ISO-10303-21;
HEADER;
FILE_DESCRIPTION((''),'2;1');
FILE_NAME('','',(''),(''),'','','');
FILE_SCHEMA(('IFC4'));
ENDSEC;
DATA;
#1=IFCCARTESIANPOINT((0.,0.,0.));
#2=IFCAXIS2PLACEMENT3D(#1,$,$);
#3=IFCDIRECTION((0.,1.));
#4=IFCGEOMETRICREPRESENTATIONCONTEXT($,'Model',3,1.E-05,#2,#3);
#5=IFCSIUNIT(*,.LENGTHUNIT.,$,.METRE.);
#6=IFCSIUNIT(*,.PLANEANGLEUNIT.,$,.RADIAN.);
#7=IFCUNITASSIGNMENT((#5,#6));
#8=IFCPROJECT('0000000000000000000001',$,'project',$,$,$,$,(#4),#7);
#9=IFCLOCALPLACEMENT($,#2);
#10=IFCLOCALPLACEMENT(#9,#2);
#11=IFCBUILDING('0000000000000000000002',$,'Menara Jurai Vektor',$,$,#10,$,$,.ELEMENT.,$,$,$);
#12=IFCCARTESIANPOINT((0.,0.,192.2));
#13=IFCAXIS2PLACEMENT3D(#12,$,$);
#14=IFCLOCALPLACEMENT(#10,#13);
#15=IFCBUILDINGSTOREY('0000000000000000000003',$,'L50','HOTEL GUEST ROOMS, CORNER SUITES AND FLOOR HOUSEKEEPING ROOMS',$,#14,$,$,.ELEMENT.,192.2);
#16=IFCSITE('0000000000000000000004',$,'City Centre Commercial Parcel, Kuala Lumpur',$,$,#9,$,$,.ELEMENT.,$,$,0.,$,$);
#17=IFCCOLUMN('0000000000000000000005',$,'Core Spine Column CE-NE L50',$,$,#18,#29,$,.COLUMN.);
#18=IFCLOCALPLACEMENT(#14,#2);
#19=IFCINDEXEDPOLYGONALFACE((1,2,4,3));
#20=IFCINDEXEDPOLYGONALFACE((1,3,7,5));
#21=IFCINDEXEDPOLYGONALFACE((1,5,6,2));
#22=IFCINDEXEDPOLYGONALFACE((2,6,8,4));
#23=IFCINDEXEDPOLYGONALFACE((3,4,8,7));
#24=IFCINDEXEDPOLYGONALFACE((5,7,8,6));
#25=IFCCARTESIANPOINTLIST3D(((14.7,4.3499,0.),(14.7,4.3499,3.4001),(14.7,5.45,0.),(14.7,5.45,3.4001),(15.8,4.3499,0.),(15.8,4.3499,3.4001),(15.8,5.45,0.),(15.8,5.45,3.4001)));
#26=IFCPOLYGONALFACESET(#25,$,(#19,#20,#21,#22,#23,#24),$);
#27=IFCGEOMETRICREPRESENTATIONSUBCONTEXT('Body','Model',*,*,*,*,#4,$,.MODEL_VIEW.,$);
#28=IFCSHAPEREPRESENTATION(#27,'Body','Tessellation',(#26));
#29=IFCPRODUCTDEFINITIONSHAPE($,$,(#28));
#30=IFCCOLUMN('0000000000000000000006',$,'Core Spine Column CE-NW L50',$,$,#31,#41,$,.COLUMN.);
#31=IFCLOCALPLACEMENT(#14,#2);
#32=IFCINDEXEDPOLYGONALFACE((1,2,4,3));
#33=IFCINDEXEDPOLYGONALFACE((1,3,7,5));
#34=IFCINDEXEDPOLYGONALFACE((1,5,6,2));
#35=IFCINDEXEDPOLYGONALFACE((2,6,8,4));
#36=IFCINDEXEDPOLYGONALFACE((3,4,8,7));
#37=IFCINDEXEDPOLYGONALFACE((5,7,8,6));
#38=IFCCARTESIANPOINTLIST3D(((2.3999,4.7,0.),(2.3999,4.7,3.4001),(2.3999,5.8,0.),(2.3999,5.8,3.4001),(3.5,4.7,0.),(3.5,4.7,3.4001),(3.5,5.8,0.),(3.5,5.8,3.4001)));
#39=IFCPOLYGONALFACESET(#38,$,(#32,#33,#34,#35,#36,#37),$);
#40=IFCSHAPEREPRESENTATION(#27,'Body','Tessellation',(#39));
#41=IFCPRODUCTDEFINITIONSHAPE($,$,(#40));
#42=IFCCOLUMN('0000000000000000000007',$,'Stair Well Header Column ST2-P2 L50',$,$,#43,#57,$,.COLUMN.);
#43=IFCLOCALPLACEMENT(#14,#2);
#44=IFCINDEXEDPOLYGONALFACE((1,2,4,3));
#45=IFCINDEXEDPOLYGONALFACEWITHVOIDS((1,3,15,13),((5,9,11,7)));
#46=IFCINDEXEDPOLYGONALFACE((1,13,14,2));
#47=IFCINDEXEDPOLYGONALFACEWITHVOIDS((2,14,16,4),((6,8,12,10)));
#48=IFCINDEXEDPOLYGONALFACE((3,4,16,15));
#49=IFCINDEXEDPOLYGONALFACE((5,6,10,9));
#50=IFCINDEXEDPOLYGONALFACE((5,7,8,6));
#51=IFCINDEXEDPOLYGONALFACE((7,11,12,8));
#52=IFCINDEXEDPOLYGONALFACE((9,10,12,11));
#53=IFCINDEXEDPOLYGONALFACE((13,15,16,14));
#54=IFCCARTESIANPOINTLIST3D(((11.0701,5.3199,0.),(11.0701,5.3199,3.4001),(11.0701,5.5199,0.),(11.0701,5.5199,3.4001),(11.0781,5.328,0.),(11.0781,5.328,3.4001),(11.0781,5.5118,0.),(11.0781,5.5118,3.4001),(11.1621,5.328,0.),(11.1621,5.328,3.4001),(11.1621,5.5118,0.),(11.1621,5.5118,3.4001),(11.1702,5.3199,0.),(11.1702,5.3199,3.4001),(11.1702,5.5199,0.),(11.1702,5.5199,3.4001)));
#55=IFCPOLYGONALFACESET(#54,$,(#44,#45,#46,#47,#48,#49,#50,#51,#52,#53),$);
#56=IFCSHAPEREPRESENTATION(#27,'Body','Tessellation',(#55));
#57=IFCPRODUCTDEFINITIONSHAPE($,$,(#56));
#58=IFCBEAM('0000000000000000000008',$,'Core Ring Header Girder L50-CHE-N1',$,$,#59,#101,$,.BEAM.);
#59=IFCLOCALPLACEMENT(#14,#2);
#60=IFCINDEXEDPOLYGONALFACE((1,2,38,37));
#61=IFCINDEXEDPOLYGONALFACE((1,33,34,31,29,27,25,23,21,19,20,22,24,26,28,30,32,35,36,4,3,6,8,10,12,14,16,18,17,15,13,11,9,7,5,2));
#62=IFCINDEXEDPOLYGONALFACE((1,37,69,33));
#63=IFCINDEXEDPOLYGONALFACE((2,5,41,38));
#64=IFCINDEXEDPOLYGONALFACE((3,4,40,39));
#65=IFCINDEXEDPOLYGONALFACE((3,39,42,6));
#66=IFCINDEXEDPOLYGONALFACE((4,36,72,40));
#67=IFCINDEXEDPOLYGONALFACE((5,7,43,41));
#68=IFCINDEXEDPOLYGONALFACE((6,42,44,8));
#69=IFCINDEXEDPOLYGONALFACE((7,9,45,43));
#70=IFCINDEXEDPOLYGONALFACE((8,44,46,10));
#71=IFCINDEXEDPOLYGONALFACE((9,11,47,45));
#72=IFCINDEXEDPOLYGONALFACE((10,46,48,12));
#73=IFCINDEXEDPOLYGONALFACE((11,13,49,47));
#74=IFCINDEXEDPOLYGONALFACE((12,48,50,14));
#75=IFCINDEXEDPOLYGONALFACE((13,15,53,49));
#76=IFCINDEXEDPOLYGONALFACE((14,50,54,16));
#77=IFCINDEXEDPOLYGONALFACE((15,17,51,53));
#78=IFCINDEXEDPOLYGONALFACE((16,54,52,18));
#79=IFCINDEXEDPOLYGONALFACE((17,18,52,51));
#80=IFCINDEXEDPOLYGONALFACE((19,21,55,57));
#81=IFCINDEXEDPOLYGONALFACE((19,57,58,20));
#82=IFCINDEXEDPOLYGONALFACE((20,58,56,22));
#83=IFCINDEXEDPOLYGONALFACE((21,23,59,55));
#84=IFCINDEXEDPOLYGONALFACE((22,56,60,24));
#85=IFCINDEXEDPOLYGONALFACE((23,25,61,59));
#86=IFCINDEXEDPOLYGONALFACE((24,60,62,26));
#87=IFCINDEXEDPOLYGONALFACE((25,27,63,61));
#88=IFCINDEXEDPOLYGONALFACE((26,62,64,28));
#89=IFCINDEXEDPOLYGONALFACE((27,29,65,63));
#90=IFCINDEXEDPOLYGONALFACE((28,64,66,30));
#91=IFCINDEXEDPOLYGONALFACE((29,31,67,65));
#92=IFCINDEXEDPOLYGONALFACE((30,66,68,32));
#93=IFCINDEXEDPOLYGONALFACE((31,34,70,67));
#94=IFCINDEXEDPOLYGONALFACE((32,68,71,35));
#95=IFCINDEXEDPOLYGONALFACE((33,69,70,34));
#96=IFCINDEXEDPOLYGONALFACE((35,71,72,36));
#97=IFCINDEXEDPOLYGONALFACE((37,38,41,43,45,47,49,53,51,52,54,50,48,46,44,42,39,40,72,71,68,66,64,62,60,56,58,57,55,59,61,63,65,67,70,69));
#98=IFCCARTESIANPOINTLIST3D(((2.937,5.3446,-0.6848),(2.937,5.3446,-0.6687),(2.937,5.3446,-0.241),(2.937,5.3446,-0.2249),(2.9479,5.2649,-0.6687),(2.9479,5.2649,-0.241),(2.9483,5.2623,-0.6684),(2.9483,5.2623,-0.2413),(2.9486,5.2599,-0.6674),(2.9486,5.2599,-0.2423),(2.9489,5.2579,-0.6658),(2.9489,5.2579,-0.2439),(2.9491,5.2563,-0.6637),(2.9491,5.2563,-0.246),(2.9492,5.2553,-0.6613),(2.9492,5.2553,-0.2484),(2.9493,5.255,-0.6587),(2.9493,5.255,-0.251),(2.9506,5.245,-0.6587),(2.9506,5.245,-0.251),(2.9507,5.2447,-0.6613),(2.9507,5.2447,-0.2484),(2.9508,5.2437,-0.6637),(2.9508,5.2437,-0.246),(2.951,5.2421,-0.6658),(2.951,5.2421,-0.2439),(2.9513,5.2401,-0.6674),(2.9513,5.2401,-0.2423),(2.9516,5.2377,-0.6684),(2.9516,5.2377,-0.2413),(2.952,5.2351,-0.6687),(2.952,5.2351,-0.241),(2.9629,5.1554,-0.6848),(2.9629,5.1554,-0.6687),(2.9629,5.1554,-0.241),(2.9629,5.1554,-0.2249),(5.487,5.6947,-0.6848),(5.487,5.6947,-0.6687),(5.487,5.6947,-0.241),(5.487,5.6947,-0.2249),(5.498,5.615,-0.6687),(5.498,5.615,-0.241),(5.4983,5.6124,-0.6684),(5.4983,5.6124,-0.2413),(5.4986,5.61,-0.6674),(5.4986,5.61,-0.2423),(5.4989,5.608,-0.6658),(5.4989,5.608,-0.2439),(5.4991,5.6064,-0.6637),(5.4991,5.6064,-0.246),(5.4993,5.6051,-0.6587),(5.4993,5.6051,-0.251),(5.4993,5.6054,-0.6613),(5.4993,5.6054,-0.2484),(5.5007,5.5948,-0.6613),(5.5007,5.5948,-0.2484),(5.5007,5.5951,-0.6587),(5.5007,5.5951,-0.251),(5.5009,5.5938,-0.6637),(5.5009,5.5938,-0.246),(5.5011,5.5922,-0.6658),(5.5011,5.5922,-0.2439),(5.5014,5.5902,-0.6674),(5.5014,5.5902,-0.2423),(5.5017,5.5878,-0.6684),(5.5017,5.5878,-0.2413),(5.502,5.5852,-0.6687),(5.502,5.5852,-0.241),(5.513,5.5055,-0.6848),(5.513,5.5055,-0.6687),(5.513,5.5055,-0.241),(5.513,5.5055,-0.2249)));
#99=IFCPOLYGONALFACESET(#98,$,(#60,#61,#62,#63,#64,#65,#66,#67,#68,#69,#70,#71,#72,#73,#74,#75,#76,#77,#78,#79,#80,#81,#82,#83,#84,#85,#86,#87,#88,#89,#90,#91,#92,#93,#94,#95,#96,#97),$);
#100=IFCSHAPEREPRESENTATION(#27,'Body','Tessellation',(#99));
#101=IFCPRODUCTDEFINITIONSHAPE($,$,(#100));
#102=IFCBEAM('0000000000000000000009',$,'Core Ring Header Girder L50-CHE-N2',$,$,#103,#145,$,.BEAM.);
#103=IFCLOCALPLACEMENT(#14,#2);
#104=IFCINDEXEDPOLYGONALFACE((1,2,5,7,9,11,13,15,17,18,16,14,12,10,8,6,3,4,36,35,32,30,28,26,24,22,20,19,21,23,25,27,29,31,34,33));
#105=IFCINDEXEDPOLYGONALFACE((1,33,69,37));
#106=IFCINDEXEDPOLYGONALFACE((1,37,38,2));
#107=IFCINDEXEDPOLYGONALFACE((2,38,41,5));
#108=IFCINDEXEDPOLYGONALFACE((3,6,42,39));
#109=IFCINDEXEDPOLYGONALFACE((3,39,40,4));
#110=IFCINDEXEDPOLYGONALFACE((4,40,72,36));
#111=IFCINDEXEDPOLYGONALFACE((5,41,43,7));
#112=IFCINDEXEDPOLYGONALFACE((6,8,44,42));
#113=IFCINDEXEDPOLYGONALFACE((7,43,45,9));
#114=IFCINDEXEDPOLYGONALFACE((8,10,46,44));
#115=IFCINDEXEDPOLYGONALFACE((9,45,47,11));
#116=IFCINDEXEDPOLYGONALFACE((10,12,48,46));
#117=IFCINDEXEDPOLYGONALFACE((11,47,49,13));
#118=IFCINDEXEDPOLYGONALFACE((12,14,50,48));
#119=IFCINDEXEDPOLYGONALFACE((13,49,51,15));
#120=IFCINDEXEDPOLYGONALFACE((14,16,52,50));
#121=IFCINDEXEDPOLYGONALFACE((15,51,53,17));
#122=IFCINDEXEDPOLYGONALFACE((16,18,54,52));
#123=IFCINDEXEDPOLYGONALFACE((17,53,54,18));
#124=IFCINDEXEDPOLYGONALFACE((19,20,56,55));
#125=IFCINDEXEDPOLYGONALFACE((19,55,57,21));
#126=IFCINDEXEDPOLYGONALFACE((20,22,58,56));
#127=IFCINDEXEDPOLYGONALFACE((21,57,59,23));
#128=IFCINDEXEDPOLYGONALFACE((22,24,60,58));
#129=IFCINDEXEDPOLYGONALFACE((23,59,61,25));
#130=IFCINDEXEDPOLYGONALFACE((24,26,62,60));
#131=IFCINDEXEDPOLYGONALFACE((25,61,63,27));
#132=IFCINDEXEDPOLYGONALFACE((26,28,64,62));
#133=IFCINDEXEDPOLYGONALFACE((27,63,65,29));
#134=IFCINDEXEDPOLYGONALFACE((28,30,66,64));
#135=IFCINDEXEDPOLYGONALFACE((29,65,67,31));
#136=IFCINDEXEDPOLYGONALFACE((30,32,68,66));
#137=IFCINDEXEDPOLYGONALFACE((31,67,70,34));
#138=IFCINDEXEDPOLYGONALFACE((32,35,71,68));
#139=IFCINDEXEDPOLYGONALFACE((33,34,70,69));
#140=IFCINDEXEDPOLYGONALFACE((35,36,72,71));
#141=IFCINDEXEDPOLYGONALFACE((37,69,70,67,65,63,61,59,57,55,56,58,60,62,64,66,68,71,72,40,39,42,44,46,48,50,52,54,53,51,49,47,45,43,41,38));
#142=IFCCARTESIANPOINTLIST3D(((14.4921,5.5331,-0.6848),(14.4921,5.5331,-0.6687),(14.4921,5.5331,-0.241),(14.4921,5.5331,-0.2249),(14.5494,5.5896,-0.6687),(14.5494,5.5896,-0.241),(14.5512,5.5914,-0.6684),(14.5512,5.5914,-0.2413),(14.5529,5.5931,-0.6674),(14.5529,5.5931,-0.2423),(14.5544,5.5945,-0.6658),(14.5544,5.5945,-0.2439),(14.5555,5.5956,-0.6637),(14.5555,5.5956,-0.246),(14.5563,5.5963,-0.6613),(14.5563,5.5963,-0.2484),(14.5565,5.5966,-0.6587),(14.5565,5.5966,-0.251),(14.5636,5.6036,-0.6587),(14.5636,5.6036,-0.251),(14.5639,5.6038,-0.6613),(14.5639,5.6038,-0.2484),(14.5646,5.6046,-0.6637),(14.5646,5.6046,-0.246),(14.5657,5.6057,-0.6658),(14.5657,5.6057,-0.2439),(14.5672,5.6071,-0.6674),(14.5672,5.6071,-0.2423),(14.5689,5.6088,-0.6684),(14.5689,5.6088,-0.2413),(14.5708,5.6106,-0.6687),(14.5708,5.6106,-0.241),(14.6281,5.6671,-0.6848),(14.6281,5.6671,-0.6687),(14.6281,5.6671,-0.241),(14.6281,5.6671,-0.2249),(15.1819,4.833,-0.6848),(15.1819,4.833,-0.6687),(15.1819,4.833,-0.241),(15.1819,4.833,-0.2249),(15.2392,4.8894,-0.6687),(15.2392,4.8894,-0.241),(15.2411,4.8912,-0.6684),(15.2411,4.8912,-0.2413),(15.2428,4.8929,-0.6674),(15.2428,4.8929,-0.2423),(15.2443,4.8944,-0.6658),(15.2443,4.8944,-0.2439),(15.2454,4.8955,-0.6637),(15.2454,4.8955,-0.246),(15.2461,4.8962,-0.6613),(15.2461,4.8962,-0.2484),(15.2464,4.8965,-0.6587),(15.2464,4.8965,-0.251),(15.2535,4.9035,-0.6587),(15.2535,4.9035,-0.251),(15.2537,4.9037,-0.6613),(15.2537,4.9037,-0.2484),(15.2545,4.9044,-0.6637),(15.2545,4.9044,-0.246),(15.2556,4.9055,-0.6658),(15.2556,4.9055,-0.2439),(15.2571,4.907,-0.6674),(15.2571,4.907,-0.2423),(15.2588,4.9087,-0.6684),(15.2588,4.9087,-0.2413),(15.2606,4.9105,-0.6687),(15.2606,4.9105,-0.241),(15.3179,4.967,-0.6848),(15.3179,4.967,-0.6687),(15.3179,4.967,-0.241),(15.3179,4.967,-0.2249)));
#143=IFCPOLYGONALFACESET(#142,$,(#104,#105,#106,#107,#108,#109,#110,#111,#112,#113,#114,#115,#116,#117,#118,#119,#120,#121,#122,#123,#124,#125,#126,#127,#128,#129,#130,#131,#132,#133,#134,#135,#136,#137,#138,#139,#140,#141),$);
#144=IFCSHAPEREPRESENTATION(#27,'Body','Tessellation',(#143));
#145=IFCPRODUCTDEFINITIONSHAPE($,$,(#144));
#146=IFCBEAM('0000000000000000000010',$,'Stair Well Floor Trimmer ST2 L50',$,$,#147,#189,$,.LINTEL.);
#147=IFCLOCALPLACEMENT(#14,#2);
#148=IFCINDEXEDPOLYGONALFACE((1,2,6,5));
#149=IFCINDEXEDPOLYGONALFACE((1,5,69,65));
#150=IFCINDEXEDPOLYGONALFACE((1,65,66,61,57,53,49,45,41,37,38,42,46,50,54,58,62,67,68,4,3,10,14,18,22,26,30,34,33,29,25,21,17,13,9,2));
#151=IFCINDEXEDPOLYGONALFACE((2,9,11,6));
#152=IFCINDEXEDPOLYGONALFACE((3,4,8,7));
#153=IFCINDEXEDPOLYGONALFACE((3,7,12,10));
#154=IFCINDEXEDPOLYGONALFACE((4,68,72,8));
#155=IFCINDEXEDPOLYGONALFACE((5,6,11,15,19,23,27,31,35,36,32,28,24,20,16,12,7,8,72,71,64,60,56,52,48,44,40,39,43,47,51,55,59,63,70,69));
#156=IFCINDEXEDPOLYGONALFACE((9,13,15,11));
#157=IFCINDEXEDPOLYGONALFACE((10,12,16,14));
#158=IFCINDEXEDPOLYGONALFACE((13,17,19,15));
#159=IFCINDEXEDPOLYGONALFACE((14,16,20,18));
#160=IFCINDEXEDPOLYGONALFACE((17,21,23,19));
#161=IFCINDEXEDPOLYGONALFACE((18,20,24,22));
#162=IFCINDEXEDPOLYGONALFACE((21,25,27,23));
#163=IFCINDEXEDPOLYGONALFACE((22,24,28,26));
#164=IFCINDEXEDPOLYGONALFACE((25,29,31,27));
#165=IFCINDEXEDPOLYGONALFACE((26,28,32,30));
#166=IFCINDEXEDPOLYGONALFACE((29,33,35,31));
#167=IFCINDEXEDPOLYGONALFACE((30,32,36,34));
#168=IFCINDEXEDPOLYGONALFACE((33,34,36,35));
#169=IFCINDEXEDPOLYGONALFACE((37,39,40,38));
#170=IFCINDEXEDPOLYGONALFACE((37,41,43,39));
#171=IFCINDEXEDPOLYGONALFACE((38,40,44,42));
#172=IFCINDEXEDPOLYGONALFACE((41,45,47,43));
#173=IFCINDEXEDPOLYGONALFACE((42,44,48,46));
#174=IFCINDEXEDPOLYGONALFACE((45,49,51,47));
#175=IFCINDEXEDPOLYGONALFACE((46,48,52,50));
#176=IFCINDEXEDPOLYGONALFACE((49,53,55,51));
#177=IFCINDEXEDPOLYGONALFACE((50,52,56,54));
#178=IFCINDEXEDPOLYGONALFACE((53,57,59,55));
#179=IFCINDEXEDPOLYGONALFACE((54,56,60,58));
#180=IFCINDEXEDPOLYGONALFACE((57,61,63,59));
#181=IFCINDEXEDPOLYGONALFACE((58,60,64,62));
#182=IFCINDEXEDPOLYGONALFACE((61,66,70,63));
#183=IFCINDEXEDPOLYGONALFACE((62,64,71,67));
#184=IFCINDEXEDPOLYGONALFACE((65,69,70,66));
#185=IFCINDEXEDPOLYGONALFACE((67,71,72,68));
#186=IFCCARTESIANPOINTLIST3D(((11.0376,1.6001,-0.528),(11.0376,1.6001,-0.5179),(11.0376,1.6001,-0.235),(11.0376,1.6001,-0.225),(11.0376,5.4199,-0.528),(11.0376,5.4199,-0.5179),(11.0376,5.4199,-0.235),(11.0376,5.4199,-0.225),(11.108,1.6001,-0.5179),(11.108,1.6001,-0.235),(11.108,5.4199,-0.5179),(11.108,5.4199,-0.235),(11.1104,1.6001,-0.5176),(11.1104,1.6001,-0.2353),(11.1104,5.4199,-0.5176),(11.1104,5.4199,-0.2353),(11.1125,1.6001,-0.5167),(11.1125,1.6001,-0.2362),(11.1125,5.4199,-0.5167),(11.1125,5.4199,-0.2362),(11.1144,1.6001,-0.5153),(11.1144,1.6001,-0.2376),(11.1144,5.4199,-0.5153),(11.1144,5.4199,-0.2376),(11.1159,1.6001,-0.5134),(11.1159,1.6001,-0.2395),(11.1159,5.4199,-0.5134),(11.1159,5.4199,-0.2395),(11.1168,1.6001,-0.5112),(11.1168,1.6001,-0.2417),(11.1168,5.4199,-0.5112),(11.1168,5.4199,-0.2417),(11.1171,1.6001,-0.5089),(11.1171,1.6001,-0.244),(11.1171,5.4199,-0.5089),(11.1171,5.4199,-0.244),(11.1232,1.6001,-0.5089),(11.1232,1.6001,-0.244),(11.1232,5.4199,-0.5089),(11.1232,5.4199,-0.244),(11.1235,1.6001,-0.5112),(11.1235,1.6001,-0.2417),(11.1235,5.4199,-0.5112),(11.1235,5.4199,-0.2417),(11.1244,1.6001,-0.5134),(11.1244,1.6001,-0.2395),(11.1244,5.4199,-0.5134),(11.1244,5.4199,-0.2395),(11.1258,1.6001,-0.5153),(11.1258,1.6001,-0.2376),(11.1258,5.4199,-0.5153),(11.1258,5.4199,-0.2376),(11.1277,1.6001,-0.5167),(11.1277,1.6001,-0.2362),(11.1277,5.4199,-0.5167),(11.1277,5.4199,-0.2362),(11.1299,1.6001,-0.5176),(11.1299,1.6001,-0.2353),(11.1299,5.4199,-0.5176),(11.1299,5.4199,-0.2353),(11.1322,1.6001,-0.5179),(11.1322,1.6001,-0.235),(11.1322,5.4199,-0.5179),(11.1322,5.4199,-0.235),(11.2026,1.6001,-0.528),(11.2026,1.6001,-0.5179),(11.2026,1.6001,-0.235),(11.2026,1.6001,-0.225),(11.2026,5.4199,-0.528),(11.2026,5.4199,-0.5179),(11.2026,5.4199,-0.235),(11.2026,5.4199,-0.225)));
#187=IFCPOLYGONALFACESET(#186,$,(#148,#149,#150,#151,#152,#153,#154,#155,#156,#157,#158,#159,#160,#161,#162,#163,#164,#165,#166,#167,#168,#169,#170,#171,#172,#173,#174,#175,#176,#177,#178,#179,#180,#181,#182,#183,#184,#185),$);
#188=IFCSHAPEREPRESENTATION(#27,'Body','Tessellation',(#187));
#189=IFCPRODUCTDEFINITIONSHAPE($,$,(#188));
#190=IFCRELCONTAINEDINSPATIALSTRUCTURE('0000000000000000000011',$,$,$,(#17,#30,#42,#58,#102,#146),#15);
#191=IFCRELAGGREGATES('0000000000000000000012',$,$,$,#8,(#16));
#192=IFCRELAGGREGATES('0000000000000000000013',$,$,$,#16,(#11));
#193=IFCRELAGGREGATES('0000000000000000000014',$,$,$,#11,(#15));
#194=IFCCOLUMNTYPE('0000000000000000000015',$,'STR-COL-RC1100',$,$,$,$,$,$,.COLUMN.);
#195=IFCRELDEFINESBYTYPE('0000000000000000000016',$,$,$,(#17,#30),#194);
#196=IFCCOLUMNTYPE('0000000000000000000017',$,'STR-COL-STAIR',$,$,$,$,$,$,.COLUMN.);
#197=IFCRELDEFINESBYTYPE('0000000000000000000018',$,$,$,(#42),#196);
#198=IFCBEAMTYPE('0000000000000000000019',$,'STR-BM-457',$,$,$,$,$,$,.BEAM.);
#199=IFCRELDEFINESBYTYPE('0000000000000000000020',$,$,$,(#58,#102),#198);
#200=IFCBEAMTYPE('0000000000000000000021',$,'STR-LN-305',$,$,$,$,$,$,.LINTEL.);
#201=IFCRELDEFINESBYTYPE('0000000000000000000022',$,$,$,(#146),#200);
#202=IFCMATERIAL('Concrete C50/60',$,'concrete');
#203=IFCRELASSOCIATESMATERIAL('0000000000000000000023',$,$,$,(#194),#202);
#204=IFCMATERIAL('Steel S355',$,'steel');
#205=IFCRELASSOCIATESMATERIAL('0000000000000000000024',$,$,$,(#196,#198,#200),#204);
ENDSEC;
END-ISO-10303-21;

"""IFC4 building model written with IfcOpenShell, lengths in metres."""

from ifc_helpers import new_model, si_unit, direction, frame, origin, origin_2d, place, context, subcontext, project, spatial, rectangle, hollow_rectangle, i_section, extrude, material, material_profile, profile_set, type_object, element, save


model = new_model("IFC4")

# Units and contexts
model_context = context("Model", 3, precision=1e-05, world=origin(), true_north=direction((0.0, 1.0)))
body_context = subcontext(model_context, "Body", "Model", "MODEL_VIEW")
ifc_project = project(units=[si_unit("LENGTHUNIT", "METRE"), si_unit("PLANEANGLEUNIT", "RADIAN")], contexts=[model_context])

# Site, building, storey
site_placement = place(None, origin())
site = spatial("IfcSite", under=ifc_project, at=site_placement, Name="City Centre Commercial Parcel, Kuala Lumpur", CompositionType="ELEMENT", RefElevation=0.0)
building_placement = place(site_placement, origin())
building = spatial("IfcBuilding", under=site, at=building_placement, Name="Menara Jurai Vektor", CompositionType="ELEMENT")
storey_placement = place(building_placement, frame((0.0, 0.0, 192.2)))
storey = spatial("IfcBuildingStorey", under=building, at=storey_placement, Name="L50", Description="HOTEL GUEST ROOMS, CORNER SUITES AND FLOOR HOUSEKEEPING ROOMS", CompositionType="ELEMENT", Elevation=192.2)

# Columns
ifc_material_1 = material(Name="Concrete C50/60", Category="concrete")
ifc_material_profile_1 = material_profile(ifc_material_1, rectangle(XDim=1.1001, YDim=1.1001, at=origin_2d()), Name="RC 1100x1100")
ifc_profile_set_1 = profile_set([ifc_material_profile_1], Name="Concrete C50/60")
column_type_1 = type_object("IfcColumnType", Name="STR-COL-RC1100", PredefinedType="COLUMN", material=ifc_profile_set_1)
for number, where, z_axis, x_axis, name in (
    (1, (15.25, 4.8999, 0.0), (0.0, 0.0, 1.0), (1.0, 0.0, 0.0), "Core Spine Column CE-NE L50"),
    (2, (2.95, 5.25, 0.0), (0.0, 0.0, 1.0), (1.0, 0.0, 0.0), "Core Spine Column CE-NW L50"),
):
    element("IfcColumn", number, at=place(storey_placement, frame(where, z_axis=z_axis, x_axis=x_axis)), inside=storey, type_object=column_type_1, Name=name, PredefinedType="COLUMN", context=body_context, shape_type="SweptSolid", body=[
        extrude(rectangle(XDim=1.1001, YDim=1.1001, at=origin_2d()), origin(), (0.0, 0.0, 1.0), 3.4001),
    ])
ifc_material_2 = material(Name="Steel S355", Category="steel")
ifc_material_profile_2 = material_profile(ifc_material_2, hollow_rectangle(XDim=0.1001, YDim=0.2, WallThickness=0.0081, at=origin_2d()), Name="RHS 200x100x8")
ifc_profile_set_2 = profile_set([ifc_material_profile_2], Name="Steel S355")
column_type_2 = type_object("IfcColumnType", Name="STR-COL-STAIR", PredefinedType="COLUMN", material=ifc_profile_set_2)
column_placement = place(storey_placement, frame((11.1201, 5.4199, 0.0), z_axis=(0.0, 0.0, 1.0), x_axis=(1.0, 0.0, 0.0)))
element("IfcColumn", 3, at=column_placement, inside=storey, type_object=column_type_2, Name="Stair Well Header Column ST2-P2 L50", PredefinedType="COLUMN", context=body_context, shape_type="SweptSolid", body=[
    extrude(hollow_rectangle(XDim=0.1001, YDim=0.2, WallThickness=0.0081, at=origin_2d()), origin(), (0.0, 0.0, 1.0), 3.4001),
])

# Beams
ifc_material_profile_3 = material_profile(ifc_material_2, i_section(OverallWidth=0.1909, OverallDepth=0.46, WebThickness=0.01, FlangeThickness=0.0161, FilletRadius=0.01, at=origin_2d()), Name="UKB 457x191x82")
ifc_profile_set_3 = profile_set([ifc_material_profile_3], Name="Steel S355")
beam_type_1 = type_object("IfcBeamType", Name="STR-BM-457", PredefinedType="BEAM", material=ifc_profile_set_3)
beam_1_placement = place(storey_placement, frame((2.95, 5.25, -0.4548), z_axis=(0.990707, 0.136015, 0.0), x_axis=(-0.136015, 0.990707, 0.0)))
element("IfcBeam", 4, at=beam_1_placement, inside=storey, type_object=beam_type_1, Name="Core Ring Header Girder L50-CHE-N1", PredefinedType="BEAM", context=body_context, shape_type="SweptSolid", body=[
    extrude(i_section(OverallWidth=0.1909, OverallDepth=0.46, WebThickness=0.01, FlangeThickness=0.0161, FilletRadius=0.01, at=origin_2d()), origin(), (0.0, 0.0, 1.0), 2.574),
])
beam_2_placement = place(storey_placement, frame((14.5601, 5.6001, -0.4548), z_axis=(0.701872, -0.712303, 0.0), x_axis=(0.712303, 0.701872, 0.0)))
element("IfcBeam", 5, at=beam_2_placement, inside=storey, type_object=beam_type_1, Name="Core Ring Header Girder L50-CHE-N2", PredefinedType="BEAM", context=body_context, shape_type="SweptSolid", body=[
    extrude(i_section(OverallWidth=0.1909, OverallDepth=0.46, WebThickness=0.01, FlangeThickness=0.0161, FilletRadius=0.01, at=origin_2d()), origin(), (0.0, 0.0, 1.0), 0.9829),
])
ifc_material_profile_4 = material_profile(ifc_material_2, i_section(OverallWidth=0.165, OverallDepth=0.303, WebThickness=0.0061, FlangeThickness=0.01, FilletRadius=0.009, at=origin_2d()), Name="UKB 305x165x40")
ifc_profile_set_4 = profile_set([ifc_material_profile_4], Name="Steel S355")
beam_type_2 = type_object("IfcBeamType", Name="STR-LN-305", PredefinedType="LINTEL", material=ifc_profile_set_4)
beam_3_placement = place(storey_placement, frame((11.1201, 1.6001, -0.3765), z_axis=(0.0, 1.0, 0.0), x_axis=(-1.0, 0.0, 0.0)))
element("IfcBeam", 6, at=beam_3_placement, inside=storey, type_object=beam_type_2, Name="Stair Well Floor Trimmer ST2 L50", PredefinedType="LINTEL", context=body_context, shape_type="SweptSolid", body=[
    extrude(i_section(OverallWidth=0.165, OverallDepth=0.303, WebThickness=0.0061, FlangeThickness=0.01, FilletRadius=0.009, at=origin_2d()), origin(), (0.0, 0.0, 1.0), 3.8198),
])

save(model, "model.ifc")
